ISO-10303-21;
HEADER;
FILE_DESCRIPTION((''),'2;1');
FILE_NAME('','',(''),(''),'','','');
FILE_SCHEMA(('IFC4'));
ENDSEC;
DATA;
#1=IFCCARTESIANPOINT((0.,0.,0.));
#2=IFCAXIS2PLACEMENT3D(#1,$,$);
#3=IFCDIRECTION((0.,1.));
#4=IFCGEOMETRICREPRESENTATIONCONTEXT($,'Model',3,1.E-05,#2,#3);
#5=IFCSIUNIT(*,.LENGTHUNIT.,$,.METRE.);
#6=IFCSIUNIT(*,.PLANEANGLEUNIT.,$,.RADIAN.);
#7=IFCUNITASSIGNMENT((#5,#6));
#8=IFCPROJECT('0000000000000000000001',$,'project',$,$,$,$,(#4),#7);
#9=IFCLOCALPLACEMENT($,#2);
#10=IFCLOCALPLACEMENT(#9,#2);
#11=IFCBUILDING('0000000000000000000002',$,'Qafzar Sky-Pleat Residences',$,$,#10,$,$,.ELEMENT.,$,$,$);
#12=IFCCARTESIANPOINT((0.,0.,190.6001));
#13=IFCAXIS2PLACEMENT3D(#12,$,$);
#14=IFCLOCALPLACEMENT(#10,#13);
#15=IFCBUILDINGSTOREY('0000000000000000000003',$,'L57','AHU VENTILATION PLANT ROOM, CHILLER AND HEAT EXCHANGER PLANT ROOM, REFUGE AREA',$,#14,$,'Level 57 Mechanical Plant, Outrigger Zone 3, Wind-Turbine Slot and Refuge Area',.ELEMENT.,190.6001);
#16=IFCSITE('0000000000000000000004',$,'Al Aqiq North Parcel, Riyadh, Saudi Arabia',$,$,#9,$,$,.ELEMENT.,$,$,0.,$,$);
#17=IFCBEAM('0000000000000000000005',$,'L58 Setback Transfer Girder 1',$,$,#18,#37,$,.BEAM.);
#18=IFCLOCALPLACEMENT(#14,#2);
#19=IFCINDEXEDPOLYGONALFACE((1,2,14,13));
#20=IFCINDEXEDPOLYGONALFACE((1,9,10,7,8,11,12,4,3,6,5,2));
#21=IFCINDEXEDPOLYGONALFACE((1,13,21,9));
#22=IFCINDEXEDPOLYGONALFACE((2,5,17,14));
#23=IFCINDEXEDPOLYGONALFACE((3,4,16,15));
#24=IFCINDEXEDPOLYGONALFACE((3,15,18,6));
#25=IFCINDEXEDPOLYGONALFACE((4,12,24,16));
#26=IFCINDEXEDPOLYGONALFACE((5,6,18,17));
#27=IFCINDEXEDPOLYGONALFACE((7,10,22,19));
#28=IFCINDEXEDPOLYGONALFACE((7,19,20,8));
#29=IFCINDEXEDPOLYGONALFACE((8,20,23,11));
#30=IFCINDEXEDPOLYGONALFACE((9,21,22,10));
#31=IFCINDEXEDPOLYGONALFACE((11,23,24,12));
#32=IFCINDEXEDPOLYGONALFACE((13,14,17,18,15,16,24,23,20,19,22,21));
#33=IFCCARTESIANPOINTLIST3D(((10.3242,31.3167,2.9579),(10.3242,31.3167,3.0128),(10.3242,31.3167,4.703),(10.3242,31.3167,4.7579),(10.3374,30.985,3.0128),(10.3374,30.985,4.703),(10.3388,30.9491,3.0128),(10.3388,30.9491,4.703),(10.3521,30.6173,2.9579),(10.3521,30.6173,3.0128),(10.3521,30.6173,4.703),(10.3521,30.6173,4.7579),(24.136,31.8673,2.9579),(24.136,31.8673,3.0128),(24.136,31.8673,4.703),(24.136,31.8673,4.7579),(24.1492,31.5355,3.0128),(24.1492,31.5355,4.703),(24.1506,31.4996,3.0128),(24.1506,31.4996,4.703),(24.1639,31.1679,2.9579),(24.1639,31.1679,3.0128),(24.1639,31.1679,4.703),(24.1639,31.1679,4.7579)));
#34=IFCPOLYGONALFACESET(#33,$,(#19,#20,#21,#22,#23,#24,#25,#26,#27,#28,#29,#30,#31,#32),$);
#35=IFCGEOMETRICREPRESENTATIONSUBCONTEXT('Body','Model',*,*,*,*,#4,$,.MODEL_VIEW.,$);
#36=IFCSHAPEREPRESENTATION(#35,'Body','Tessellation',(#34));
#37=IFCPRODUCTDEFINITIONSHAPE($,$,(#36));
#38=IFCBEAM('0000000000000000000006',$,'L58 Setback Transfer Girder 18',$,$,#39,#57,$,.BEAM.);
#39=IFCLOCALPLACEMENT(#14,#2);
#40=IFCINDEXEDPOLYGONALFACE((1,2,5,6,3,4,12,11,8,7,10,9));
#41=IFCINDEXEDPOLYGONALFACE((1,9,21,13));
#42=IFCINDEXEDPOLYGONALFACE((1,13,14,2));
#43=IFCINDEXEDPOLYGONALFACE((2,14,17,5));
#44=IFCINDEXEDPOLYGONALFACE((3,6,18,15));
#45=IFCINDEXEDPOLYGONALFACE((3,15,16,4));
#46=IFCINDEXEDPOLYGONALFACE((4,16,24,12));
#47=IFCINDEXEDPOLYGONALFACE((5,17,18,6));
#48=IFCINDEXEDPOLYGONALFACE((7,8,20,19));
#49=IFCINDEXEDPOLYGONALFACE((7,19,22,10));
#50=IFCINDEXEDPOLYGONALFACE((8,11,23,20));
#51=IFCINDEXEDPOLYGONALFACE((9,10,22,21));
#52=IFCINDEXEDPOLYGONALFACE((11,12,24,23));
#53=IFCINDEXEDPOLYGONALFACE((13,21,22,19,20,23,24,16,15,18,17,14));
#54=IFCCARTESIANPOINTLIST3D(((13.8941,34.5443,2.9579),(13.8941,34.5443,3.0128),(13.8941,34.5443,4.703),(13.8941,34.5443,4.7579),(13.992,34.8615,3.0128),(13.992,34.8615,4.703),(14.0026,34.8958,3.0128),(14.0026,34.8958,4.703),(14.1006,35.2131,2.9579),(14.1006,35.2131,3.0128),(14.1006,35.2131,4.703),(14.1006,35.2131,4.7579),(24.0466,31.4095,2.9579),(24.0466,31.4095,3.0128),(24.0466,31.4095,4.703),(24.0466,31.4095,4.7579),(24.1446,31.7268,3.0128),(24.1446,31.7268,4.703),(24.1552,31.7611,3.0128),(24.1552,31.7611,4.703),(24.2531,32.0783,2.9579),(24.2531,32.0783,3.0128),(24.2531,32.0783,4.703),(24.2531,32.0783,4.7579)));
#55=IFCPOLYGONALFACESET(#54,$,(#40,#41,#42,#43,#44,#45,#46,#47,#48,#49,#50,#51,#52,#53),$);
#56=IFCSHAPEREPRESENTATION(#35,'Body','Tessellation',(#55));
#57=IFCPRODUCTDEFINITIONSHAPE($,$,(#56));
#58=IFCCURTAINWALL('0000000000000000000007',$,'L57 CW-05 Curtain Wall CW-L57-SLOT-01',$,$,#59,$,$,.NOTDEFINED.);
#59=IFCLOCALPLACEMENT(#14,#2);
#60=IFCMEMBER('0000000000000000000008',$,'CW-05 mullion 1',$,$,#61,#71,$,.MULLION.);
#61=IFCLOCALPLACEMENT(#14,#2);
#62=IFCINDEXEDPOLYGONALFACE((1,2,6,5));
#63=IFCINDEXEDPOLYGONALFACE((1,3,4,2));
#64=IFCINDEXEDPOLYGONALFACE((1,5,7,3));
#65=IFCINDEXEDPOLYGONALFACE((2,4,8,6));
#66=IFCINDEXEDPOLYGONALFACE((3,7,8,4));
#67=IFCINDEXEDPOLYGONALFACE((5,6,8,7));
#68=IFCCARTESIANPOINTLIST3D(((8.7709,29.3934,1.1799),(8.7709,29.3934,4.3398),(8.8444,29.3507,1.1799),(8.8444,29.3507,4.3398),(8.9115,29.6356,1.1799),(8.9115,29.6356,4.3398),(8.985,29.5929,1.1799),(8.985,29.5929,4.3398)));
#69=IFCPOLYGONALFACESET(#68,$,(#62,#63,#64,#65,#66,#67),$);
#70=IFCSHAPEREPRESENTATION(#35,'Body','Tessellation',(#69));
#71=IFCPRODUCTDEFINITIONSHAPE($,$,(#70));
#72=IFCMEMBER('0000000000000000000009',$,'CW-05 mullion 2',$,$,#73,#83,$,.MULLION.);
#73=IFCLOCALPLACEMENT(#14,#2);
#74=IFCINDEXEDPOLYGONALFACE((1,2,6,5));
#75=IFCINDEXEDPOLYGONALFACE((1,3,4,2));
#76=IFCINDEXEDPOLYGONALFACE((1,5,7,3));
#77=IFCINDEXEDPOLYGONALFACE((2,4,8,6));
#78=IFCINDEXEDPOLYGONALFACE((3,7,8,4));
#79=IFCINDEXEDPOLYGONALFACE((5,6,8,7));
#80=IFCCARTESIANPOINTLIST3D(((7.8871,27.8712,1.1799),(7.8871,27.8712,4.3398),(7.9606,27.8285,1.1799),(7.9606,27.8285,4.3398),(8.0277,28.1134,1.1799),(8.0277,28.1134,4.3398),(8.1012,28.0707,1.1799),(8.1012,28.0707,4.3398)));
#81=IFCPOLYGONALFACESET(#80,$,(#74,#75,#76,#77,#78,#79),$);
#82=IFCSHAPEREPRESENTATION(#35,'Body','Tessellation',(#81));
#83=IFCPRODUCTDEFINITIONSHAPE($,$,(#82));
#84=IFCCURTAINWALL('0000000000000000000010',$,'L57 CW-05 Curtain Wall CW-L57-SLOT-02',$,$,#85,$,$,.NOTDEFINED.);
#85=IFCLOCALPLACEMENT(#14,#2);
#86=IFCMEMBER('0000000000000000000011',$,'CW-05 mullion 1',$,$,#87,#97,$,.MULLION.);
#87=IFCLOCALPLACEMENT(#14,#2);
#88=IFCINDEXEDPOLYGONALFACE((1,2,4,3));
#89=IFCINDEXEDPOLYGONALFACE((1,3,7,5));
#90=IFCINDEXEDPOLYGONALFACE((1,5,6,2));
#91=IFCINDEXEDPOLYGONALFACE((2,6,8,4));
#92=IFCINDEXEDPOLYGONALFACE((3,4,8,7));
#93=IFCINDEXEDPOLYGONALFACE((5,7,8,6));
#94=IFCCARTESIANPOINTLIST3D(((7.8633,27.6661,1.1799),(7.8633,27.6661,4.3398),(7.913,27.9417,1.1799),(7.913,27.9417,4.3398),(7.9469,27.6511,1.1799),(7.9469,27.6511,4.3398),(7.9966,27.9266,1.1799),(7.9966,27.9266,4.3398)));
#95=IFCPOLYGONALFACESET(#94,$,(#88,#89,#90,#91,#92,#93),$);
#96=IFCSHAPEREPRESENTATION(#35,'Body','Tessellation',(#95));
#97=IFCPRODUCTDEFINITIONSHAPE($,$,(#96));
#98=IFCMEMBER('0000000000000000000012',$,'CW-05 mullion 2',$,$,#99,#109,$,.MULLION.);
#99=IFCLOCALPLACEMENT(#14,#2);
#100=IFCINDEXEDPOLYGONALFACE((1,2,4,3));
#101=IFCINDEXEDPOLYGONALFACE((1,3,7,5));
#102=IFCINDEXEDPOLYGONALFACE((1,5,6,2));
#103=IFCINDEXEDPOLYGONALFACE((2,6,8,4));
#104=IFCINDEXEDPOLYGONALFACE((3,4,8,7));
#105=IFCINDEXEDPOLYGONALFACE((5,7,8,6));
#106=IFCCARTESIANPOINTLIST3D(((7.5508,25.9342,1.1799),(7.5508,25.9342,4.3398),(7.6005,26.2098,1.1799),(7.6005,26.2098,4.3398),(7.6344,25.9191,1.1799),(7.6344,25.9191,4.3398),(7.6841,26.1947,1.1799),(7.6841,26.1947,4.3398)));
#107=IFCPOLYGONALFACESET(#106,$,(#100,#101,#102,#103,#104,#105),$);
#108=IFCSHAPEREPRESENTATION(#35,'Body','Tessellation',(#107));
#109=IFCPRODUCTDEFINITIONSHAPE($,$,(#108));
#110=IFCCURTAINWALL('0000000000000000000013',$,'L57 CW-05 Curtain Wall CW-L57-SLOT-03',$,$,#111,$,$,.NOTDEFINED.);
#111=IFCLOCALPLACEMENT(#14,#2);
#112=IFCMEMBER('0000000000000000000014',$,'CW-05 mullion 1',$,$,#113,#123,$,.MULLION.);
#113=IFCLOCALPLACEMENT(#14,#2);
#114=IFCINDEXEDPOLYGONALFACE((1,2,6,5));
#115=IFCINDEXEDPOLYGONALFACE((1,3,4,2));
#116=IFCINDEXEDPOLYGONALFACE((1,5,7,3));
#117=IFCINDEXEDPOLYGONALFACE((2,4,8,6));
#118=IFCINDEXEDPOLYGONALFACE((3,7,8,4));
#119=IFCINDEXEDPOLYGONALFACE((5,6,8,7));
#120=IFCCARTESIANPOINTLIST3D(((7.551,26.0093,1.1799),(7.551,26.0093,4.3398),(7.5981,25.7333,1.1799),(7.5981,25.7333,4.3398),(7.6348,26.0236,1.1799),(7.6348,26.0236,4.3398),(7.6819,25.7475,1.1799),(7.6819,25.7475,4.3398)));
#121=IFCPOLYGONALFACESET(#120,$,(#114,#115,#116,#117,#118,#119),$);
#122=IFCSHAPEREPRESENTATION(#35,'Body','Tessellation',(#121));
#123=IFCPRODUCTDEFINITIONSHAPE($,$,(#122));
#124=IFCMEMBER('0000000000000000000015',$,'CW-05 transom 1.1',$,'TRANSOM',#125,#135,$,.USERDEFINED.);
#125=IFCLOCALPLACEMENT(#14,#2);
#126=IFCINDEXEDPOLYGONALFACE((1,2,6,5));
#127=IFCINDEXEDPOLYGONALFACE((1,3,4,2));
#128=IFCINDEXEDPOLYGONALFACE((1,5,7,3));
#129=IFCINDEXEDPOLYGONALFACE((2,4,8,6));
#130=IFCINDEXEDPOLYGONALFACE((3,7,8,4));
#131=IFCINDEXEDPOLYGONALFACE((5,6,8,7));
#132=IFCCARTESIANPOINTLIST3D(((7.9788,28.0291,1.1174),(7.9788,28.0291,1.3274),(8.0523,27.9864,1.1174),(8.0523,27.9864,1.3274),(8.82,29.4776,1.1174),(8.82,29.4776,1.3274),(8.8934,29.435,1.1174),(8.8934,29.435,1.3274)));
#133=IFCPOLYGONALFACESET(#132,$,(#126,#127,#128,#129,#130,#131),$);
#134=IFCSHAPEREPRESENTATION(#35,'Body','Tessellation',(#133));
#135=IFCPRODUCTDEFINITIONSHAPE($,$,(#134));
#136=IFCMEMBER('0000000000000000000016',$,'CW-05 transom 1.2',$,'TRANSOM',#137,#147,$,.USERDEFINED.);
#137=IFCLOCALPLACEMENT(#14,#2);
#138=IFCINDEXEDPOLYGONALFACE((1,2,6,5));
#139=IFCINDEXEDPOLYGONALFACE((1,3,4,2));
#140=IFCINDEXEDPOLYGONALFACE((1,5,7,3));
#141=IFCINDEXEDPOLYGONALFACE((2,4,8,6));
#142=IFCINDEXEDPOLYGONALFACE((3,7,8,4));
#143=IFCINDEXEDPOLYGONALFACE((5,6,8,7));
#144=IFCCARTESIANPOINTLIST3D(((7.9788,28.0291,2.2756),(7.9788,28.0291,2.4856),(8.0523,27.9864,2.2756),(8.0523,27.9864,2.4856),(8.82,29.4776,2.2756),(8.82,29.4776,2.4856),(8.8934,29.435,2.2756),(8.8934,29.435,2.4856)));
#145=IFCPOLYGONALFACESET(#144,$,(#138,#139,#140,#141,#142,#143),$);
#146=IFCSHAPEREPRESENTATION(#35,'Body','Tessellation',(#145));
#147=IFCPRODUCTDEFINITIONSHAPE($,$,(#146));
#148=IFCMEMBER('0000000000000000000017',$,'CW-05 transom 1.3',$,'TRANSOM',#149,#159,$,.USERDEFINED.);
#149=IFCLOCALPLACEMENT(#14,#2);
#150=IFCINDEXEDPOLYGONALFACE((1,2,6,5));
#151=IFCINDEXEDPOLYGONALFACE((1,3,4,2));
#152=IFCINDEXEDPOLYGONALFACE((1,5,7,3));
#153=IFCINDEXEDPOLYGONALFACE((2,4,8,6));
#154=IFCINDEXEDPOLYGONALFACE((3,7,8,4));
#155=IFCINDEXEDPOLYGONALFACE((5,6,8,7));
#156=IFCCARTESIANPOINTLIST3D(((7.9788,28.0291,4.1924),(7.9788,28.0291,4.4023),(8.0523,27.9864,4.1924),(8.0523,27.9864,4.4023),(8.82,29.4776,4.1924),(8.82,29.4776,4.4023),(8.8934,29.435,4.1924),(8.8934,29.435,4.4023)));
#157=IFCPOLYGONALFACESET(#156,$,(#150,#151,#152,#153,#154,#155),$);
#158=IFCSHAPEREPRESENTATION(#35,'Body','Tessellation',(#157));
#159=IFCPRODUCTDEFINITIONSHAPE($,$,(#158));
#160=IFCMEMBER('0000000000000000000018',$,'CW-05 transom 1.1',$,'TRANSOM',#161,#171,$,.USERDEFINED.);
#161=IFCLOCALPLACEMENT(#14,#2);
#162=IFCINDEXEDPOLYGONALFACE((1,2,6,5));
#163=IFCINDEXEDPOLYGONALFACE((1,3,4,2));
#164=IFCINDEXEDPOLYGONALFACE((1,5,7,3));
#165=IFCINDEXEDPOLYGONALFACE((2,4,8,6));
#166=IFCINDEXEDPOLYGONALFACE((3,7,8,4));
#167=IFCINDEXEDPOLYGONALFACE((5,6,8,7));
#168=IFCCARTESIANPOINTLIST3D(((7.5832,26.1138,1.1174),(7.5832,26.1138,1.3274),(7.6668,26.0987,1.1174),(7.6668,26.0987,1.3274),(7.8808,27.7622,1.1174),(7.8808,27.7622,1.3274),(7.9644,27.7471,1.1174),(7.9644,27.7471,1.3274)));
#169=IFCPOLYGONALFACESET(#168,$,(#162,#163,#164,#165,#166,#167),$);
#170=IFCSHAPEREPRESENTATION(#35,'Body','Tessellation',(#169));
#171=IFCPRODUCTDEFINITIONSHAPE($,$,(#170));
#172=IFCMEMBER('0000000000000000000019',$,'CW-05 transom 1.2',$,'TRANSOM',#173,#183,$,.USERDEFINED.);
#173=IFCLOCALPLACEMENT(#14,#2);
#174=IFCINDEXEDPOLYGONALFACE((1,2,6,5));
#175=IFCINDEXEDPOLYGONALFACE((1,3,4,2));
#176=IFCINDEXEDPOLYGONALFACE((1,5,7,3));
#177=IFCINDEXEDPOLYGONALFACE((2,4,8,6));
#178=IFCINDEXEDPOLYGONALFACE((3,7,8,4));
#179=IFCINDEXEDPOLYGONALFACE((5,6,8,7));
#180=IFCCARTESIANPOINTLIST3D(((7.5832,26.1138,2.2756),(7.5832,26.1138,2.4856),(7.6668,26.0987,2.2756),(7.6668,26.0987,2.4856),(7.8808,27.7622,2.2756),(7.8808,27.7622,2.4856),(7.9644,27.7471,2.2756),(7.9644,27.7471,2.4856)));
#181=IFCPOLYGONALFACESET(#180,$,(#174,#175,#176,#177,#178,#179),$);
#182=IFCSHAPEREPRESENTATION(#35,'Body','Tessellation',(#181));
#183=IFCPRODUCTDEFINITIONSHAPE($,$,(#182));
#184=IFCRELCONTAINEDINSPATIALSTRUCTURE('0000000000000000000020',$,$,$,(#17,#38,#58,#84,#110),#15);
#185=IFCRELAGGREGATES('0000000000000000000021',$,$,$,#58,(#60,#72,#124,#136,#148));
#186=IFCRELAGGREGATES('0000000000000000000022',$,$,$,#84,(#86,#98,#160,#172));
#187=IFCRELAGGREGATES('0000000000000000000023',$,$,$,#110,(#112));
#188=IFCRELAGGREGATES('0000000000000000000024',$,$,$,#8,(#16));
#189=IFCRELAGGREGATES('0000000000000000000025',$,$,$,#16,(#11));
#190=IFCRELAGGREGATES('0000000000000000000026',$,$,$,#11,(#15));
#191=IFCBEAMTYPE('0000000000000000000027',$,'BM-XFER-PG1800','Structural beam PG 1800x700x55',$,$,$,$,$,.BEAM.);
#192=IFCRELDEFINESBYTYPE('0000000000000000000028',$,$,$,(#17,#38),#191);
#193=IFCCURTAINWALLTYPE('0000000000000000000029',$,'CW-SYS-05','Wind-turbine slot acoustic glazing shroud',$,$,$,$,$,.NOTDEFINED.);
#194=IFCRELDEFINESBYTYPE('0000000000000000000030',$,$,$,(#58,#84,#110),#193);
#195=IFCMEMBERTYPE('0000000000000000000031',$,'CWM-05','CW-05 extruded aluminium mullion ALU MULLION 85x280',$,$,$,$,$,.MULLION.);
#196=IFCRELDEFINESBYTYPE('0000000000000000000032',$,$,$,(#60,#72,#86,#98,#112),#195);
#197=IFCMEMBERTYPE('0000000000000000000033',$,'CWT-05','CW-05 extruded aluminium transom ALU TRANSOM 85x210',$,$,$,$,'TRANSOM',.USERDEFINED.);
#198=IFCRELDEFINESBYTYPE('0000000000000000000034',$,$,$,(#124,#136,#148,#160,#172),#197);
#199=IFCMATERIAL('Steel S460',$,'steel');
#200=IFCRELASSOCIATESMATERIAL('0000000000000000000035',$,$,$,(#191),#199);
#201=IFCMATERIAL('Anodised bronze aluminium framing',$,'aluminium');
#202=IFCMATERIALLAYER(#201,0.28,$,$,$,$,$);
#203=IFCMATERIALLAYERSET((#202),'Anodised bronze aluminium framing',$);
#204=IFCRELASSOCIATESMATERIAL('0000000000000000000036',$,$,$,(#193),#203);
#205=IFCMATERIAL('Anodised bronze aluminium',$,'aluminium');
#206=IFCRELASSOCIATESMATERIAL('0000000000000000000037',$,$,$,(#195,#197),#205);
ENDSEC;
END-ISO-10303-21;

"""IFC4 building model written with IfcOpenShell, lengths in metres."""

from ifc_helpers import new_model, si_unit, direction, frame, origin, origin_2d, place, context, subcontext, project, spatial, rectangle, i_section, extrude, source, transform, mapped, material, layer, layer_set, material_profile, profile_set, type_object, element, aggregate, save


model = new_model("IFC4")

# Units and contexts
model_context = context("Model", 3, precision=1e-05, world=origin(), true_north=direction((0.0, 1.0)))
body_context = subcontext(model_context, "Body", "Model", "MODEL_VIEW")
ifc_project = project(units=[si_unit("LENGTHUNIT", "METRE"), si_unit("PLANEANGLEUNIT", "RADIAN")], contexts=[model_context])

# Site, building, storey
site_placement = place(None, origin())
site = spatial("IfcSite", under=ifc_project, at=site_placement, Name="Al Aqiq North Parcel, Riyadh, Saudi Arabia", CompositionType="ELEMENT", RefElevation=0.0)
building_placement = place(site_placement, origin())
building = spatial("IfcBuilding", under=site, at=building_placement, Name="Qafzar Sky-Pleat Residences", CompositionType="ELEMENT")
storey_placement = place(building_placement, frame((0.0, 0.0, 190.6001)))
storey = spatial("IfcBuildingStorey", under=building, at=storey_placement, Name="L57", Description="AHU VENTILATION PLANT ROOM, CHILLER AND HEAT EXCHANGER PLANT ROOM, REFUGE AREA", LongName="Level 57 Mechanical Plant, Outrigger Zone 3, Wind-Turbine Slot and Refuge Area", CompositionType="ELEMENT", Elevation=190.6001)

# Beams
ifc_material_1 = material(Name="Steel S460", Category="steel")
ifc_material_profile_1 = material_profile(ifc_material_1, i_section(OverallWidth=0.7, OverallDepth=1.8, WebThickness=0.0359, FlangeThickness=0.0549, at=origin_2d()), Name="PG 1800x700x55")
ifc_profile_set_1 = profile_set([ifc_material_profile_1], Name="Steel S460")
beam_type_1 = type_object("IfcBeamType", Name="BM-XFER-PG1800", Description="Structural beam PG 1800x700x55", PredefinedType="BEAM", material=ifc_profile_set_1)
shared_shape_1 = source(origin(), body_context, "Body", "SweptSolid", [
    extrude(i_section(OverallWidth=0.7, OverallDepth=1.8, WebThickness=0.0359, FlangeThickness=0.0549, at=origin_2d()), origin(), (0.0, 0.0, 1.0), 13.8228),
])
beam_1_placement = place(storey_placement, frame((10.3381, 30.967, 3.8579), z_axis=(0.999207, 0.039828, 0.0), x_axis=(-0.039828, 0.999207, 0.0)))
element("IfcBeam", 1, at=beam_1_placement, inside=storey, type_object=beam_type_1, Name="L58 Setback Transfer Girder 1", PredefinedType="BEAM", context=body_context, shape_type="MappedRepresentation", body=[
    mapped(shared_shape_1, transform((0.0, 0.0, 0.0), x_axis=(1.0, 0.0, 0.0), y_axis=(0.0, 1.0, 0.0), z_axis=(0.0, 0.0, 1.0), scale=1.0)),
])
shared_shape_2 = source(origin(), body_context, "Body", "SweptSolid", [
    extrude(i_section(OverallWidth=0.7, OverallDepth=1.8, WebThickness=0.0359, FlangeThickness=0.0549, at=origin_2d()), origin(), (0.0, 0.0, 1.0), 10.6255),
])
beam_2_placement = place(storey_placement, frame((13.9973, 34.8787, 3.8579), z_axis=(0.95549, -0.295022, 0.0), x_axis=(0.295022, 0.95549, 0.0)))
element("IfcBeam", 2, at=beam_2_placement, inside=storey, type_object=beam_type_1, Name="L58 Setback Transfer Girder 18", PredefinedType="BEAM", context=body_context, shape_type="MappedRepresentation", body=[
    mapped(shared_shape_2, transform((0.0, 0.0, 0.0), x_axis=(1.0, 0.0, 0.0), y_axis=(0.0, 1.0, 0.0), z_axis=(0.0, 0.0, 1.0), scale=1.0)),
])

# Curtain walls, members
ifc_material_2 = material(Name="Anodised bronze aluminium framing", Category="aluminium")
ifc_layer_1 = layer(ifc_material_2, 0.28)
ifc_layer_set_1 = layer_set([ifc_layer_1], Name="Anodised bronze aluminium framing")
curtain_wall_type = type_object("IfcCurtainWallType", Name="CW-SYS-05", Description="Wind-turbine slot acoustic glazing shroud", PredefinedType="NOTDEFINED", material=ifc_layer_set_1)
curtain_wall_1_placement = place(storey_placement, origin())
curtain_wall_1 = element("IfcCurtainWall", 3, at=curtain_wall_1_placement, inside=storey, type_object=curtain_wall_type, Name="L57 CW-05 Curtain Wall CW-L57-SLOT-01", PredefinedType="NOTDEFINED")
ifc_material_3 = material(Name="Anodised bronze aluminium", Category="aluminium")
ifc_material_profile_2 = material_profile(ifc_material_3, rectangle(XDim=0.085, YDim=0.28, at=origin_2d()), Name="ALU MULLION 85x280")
ifc_profile_set_2 = profile_set([ifc_material_profile_2], Name="Anodised bronze aluminium")
member_type_1 = type_object("IfcMemberType", Name="CWM-05", Description="CW-05 extruded aluminium mullion ALU MULLION 85x280", PredefinedType="MULLION", material=ifc_profile_set_2)
shared_shape_3 = source(origin(), body_context, "Body", "SweptSolid", [
    extrude(rectangle(XDim=0.085, YDim=0.28, at=origin_2d()), origin(), (0.0, 0.0, 1.0), 3.1599),
])
member_1_placement = place(storey_placement, frame((8.8779, 29.4932, 1.1799), z_axis=(0.0, 0.0, 1.0), x_axis=(0.864807, -0.502104, 0.0)))
member_1 = element("IfcMember", 4, at=member_1_placement, type_object=member_type_1, Name="CW-05 mullion 1", PredefinedType="MULLION", context=body_context, shape_type="MappedRepresentation", body=[
    mapped(shared_shape_3, transform((0.0, 0.0, 0.0), x_axis=(1.0, 0.0, 0.0), y_axis=(0.0, 1.0, 0.0), z_axis=(0.0, 0.0, 1.0), scale=1.0)),
])
member_2_placement = place(storey_placement, frame((7.9941, 27.9709, 1.1799), z_axis=(0.0, 0.0, 1.0), x_axis=(0.864807, -0.502104, 0.0)))
member_2 = element("IfcMember", 5, at=member_2_placement, type_object=member_type_1, Name="CW-05 mullion 2", PredefinedType="MULLION", context=body_context, shape_type="MappedRepresentation", body=[
    mapped(shared_shape_3, transform((0.0, 0.0, 0.0), x_axis=(1.0, 0.0, 0.0), y_axis=(0.0, 1.0, 0.0), z_axis=(0.0, 0.0, 1.0), scale=1.0)),
])
curtain_wall_2_placement = place(storey_placement, origin())
curtain_wall_2 = element("IfcCurtainWall", 6, at=curtain_wall_2_placement, inside=storey, type_object=curtain_wall_type, Name="L57 CW-05 Curtain Wall CW-L57-SLOT-02", PredefinedType="NOTDEFINED")
member_3_placement = place(storey_placement, frame((7.9299, 27.7964, 1.1799), z_axis=(0.0, 0.0, 1.0), x_axis=(0.984099, -0.177621, 0.0)))
member_3 = element("IfcMember", 7, at=member_3_placement, type_object=member_type_1, Name="CW-05 mullion 1", PredefinedType="MULLION", context=body_context, shape_type="MappedRepresentation", body=[
    mapped(shared_shape_3, transform((0.0, 0.0, 0.0), x_axis=(1.0, 0.0, 0.0), y_axis=(0.0, 1.0, 0.0), z_axis=(0.0, 0.0, 1.0), scale=1.0)),
])
member_4_placement = place(storey_placement, frame((7.6174, 26.0645, 1.1799), z_axis=(0.0, 0.0, 1.0), x_axis=(0.984099, -0.177621, 0.0)))
member_4 = element("IfcMember", 8, at=member_4_placement, type_object=member_type_1, Name="CW-05 mullion 2", PredefinedType="MULLION", context=body_context, shape_type="MappedRepresentation", body=[
    mapped(shared_shape_3, transform((0.0, 0.0, 0.0), x_axis=(1.0, 0.0, 0.0), y_axis=(0.0, 1.0, 0.0), z_axis=(0.0, 0.0, 1.0), scale=1.0)),
])

# Curtain wall, member
curtain_wall_3_placement = place(storey_placement, origin())
curtain_wall_3 = element("IfcCurtainWall", 9, at=curtain_wall_3_placement, inside=storey, type_object=curtain_wall_type, Name="L57 CW-05 Curtain Wall CW-L57-SLOT-03", PredefinedType="NOTDEFINED")
member_5_placement = place(storey_placement, frame((7.6165, 25.8784, 1.1799), z_axis=(0.0, 0.0, 1.0), x_axis=(0.985775, 0.168072, 0.0)))
member_5 = element("IfcMember", 10, at=member_5_placement, type_object=member_type_1, Name="CW-05 mullion 1", PredefinedType="MULLION", context=body_context, shape_type="MappedRepresentation", body=[
    mapped(shared_shape_3, transform((0.0, 0.0, 0.0), x_axis=(1.0, 0.0, 0.0), y_axis=(0.0, 1.0, 0.0), z_axis=(0.0, 0.0, 1.0), scale=1.0)),
])

# Members
ifc_material_profile_3 = material_profile(ifc_material_3, rectangle(XDim=0.085, YDim=0.21, at=origin_2d()), Name="ALU TRANSOM 85x210")
ifc_profile_set_3 = profile_set([ifc_material_profile_3], Name="Anodised bronze aluminium")
member_type_2 = type_object("IfcMemberType", Name="CWT-05", Description="CW-05 extruded aluminium transom ALU TRANSOM 85x210", ElementType="TRANSOM", PredefinedType="USERDEFINED", material=ifc_profile_set_3)
shared_shape_4 = source(origin(), body_context, "Body", "SweptSolid", [
    extrude(rectangle(XDim=0.085, YDim=0.21, at=origin_2d()), origin(), (0.0, 0.0, 1.0), 1.675),
])
member_6_placement = place(storey_placement, frame((8.8567, 29.4563, 1.2224), z_axis=(-0.502139, -0.864787, 0.0), x_axis=(0.864787, -0.502139, 0.0)))
member_6 = element("IfcMember", 11, at=member_6_placement, type_object=member_type_2, Name="CW-05 transom 1.1", ObjectType="TRANSOM", PredefinedType="USERDEFINED", context=body_context, shape_type="MappedRepresentation", body=[
    mapped(shared_shape_4, transform((0.0, 0.0, 0.0), x_axis=(1.0, 0.0, 0.0), y_axis=(0.0, 1.0, 0.0), z_axis=(0.0, 0.0, 1.0), scale=1.0)),
])
member_7_placement = place(storey_placement, frame((8.8567, 29.4563, 2.3806), z_axis=(-0.502139, -0.864787, 0.0), x_axis=(0.864787, -0.502139, 0.0)))
member_7 = element("IfcMember", 12, at=member_7_placement, type_object=member_type_2, Name="CW-05 transom 1.2", ObjectType="TRANSOM", PredefinedType="USERDEFINED", context=body_context, shape_type="MappedRepresentation", body=[
    mapped(shared_shape_4, transform((0.0, 0.0, 0.0), x_axis=(1.0, 0.0, 0.0), y_axis=(0.0, 1.0, 0.0), z_axis=(0.0, 0.0, 1.0), scale=1.0)),
])
member_8_placement = place(storey_placement, frame((8.8567, 29.4563, 4.2974), z_axis=(-0.502139, -0.864787, 0.0), x_axis=(0.864787, -0.502139, 0.0)))
member_8 = element("IfcMember", 13, at=member_8_placement, type_object=member_type_2, Name="CW-05 transom 1.3", ObjectType="TRANSOM", PredefinedType="USERDEFINED", context=body_context, shape_type="MappedRepresentation", body=[
    mapped(shared_shape_4, transform((0.0, 0.0, 0.0), x_axis=(1.0, 0.0, 0.0), y_axis=(0.0, 1.0, 0.0), z_axis=(0.0, 0.0, 1.0), scale=1.0)),
])
member_9_placement = place(storey_placement, frame((7.9226, 27.7546, 1.2224), z_axis=(-0.177667, -0.984091, 0.0), x_axis=(0.984091, -0.177667, 0.0)))
member_9 = element("IfcMember", 14, at=member_9_placement, type_object=member_type_2, Name="CW-05 transom 1.1", ObjectType="TRANSOM", PredefinedType="USERDEFINED", context=body_context, shape_type="MappedRepresentation", body=[
    mapped(shared_shape_4, transform((0.0, 0.0, 0.0), x_axis=(1.0, 0.0, 0.0), y_axis=(0.0, 1.0, 0.0), z_axis=(0.0, 0.0, 1.0), scale=1.0)),
])
member_10_placement = place(storey_placement, frame((7.9226, 27.7546, 2.3806), z_axis=(-0.177667, -0.984091, 0.0), x_axis=(0.984091, -0.177667, 0.0)))
member_10 = element("IfcMember", 15, at=member_10_placement, type_object=member_type_2, Name="CW-05 transom 1.2", ObjectType="TRANSOM", PredefinedType="USERDEFINED", context=body_context, shape_type="MappedRepresentation", body=[
    mapped(shared_shape_4, transform((0.0, 0.0, 0.0), x_axis=(1.0, 0.0, 0.0), y_axis=(0.0, 1.0, 0.0), z_axis=(0.0, 0.0, 1.0), scale=1.0)),
])

aggregate(curtain_wall_1, [member_1, member_2, member_6, member_7, member_8])
aggregate(curtain_wall_2, [member_3, member_4, member_9, member_10])
aggregate(curtain_wall_3, [member_5])

save(model, "model.ifc")
